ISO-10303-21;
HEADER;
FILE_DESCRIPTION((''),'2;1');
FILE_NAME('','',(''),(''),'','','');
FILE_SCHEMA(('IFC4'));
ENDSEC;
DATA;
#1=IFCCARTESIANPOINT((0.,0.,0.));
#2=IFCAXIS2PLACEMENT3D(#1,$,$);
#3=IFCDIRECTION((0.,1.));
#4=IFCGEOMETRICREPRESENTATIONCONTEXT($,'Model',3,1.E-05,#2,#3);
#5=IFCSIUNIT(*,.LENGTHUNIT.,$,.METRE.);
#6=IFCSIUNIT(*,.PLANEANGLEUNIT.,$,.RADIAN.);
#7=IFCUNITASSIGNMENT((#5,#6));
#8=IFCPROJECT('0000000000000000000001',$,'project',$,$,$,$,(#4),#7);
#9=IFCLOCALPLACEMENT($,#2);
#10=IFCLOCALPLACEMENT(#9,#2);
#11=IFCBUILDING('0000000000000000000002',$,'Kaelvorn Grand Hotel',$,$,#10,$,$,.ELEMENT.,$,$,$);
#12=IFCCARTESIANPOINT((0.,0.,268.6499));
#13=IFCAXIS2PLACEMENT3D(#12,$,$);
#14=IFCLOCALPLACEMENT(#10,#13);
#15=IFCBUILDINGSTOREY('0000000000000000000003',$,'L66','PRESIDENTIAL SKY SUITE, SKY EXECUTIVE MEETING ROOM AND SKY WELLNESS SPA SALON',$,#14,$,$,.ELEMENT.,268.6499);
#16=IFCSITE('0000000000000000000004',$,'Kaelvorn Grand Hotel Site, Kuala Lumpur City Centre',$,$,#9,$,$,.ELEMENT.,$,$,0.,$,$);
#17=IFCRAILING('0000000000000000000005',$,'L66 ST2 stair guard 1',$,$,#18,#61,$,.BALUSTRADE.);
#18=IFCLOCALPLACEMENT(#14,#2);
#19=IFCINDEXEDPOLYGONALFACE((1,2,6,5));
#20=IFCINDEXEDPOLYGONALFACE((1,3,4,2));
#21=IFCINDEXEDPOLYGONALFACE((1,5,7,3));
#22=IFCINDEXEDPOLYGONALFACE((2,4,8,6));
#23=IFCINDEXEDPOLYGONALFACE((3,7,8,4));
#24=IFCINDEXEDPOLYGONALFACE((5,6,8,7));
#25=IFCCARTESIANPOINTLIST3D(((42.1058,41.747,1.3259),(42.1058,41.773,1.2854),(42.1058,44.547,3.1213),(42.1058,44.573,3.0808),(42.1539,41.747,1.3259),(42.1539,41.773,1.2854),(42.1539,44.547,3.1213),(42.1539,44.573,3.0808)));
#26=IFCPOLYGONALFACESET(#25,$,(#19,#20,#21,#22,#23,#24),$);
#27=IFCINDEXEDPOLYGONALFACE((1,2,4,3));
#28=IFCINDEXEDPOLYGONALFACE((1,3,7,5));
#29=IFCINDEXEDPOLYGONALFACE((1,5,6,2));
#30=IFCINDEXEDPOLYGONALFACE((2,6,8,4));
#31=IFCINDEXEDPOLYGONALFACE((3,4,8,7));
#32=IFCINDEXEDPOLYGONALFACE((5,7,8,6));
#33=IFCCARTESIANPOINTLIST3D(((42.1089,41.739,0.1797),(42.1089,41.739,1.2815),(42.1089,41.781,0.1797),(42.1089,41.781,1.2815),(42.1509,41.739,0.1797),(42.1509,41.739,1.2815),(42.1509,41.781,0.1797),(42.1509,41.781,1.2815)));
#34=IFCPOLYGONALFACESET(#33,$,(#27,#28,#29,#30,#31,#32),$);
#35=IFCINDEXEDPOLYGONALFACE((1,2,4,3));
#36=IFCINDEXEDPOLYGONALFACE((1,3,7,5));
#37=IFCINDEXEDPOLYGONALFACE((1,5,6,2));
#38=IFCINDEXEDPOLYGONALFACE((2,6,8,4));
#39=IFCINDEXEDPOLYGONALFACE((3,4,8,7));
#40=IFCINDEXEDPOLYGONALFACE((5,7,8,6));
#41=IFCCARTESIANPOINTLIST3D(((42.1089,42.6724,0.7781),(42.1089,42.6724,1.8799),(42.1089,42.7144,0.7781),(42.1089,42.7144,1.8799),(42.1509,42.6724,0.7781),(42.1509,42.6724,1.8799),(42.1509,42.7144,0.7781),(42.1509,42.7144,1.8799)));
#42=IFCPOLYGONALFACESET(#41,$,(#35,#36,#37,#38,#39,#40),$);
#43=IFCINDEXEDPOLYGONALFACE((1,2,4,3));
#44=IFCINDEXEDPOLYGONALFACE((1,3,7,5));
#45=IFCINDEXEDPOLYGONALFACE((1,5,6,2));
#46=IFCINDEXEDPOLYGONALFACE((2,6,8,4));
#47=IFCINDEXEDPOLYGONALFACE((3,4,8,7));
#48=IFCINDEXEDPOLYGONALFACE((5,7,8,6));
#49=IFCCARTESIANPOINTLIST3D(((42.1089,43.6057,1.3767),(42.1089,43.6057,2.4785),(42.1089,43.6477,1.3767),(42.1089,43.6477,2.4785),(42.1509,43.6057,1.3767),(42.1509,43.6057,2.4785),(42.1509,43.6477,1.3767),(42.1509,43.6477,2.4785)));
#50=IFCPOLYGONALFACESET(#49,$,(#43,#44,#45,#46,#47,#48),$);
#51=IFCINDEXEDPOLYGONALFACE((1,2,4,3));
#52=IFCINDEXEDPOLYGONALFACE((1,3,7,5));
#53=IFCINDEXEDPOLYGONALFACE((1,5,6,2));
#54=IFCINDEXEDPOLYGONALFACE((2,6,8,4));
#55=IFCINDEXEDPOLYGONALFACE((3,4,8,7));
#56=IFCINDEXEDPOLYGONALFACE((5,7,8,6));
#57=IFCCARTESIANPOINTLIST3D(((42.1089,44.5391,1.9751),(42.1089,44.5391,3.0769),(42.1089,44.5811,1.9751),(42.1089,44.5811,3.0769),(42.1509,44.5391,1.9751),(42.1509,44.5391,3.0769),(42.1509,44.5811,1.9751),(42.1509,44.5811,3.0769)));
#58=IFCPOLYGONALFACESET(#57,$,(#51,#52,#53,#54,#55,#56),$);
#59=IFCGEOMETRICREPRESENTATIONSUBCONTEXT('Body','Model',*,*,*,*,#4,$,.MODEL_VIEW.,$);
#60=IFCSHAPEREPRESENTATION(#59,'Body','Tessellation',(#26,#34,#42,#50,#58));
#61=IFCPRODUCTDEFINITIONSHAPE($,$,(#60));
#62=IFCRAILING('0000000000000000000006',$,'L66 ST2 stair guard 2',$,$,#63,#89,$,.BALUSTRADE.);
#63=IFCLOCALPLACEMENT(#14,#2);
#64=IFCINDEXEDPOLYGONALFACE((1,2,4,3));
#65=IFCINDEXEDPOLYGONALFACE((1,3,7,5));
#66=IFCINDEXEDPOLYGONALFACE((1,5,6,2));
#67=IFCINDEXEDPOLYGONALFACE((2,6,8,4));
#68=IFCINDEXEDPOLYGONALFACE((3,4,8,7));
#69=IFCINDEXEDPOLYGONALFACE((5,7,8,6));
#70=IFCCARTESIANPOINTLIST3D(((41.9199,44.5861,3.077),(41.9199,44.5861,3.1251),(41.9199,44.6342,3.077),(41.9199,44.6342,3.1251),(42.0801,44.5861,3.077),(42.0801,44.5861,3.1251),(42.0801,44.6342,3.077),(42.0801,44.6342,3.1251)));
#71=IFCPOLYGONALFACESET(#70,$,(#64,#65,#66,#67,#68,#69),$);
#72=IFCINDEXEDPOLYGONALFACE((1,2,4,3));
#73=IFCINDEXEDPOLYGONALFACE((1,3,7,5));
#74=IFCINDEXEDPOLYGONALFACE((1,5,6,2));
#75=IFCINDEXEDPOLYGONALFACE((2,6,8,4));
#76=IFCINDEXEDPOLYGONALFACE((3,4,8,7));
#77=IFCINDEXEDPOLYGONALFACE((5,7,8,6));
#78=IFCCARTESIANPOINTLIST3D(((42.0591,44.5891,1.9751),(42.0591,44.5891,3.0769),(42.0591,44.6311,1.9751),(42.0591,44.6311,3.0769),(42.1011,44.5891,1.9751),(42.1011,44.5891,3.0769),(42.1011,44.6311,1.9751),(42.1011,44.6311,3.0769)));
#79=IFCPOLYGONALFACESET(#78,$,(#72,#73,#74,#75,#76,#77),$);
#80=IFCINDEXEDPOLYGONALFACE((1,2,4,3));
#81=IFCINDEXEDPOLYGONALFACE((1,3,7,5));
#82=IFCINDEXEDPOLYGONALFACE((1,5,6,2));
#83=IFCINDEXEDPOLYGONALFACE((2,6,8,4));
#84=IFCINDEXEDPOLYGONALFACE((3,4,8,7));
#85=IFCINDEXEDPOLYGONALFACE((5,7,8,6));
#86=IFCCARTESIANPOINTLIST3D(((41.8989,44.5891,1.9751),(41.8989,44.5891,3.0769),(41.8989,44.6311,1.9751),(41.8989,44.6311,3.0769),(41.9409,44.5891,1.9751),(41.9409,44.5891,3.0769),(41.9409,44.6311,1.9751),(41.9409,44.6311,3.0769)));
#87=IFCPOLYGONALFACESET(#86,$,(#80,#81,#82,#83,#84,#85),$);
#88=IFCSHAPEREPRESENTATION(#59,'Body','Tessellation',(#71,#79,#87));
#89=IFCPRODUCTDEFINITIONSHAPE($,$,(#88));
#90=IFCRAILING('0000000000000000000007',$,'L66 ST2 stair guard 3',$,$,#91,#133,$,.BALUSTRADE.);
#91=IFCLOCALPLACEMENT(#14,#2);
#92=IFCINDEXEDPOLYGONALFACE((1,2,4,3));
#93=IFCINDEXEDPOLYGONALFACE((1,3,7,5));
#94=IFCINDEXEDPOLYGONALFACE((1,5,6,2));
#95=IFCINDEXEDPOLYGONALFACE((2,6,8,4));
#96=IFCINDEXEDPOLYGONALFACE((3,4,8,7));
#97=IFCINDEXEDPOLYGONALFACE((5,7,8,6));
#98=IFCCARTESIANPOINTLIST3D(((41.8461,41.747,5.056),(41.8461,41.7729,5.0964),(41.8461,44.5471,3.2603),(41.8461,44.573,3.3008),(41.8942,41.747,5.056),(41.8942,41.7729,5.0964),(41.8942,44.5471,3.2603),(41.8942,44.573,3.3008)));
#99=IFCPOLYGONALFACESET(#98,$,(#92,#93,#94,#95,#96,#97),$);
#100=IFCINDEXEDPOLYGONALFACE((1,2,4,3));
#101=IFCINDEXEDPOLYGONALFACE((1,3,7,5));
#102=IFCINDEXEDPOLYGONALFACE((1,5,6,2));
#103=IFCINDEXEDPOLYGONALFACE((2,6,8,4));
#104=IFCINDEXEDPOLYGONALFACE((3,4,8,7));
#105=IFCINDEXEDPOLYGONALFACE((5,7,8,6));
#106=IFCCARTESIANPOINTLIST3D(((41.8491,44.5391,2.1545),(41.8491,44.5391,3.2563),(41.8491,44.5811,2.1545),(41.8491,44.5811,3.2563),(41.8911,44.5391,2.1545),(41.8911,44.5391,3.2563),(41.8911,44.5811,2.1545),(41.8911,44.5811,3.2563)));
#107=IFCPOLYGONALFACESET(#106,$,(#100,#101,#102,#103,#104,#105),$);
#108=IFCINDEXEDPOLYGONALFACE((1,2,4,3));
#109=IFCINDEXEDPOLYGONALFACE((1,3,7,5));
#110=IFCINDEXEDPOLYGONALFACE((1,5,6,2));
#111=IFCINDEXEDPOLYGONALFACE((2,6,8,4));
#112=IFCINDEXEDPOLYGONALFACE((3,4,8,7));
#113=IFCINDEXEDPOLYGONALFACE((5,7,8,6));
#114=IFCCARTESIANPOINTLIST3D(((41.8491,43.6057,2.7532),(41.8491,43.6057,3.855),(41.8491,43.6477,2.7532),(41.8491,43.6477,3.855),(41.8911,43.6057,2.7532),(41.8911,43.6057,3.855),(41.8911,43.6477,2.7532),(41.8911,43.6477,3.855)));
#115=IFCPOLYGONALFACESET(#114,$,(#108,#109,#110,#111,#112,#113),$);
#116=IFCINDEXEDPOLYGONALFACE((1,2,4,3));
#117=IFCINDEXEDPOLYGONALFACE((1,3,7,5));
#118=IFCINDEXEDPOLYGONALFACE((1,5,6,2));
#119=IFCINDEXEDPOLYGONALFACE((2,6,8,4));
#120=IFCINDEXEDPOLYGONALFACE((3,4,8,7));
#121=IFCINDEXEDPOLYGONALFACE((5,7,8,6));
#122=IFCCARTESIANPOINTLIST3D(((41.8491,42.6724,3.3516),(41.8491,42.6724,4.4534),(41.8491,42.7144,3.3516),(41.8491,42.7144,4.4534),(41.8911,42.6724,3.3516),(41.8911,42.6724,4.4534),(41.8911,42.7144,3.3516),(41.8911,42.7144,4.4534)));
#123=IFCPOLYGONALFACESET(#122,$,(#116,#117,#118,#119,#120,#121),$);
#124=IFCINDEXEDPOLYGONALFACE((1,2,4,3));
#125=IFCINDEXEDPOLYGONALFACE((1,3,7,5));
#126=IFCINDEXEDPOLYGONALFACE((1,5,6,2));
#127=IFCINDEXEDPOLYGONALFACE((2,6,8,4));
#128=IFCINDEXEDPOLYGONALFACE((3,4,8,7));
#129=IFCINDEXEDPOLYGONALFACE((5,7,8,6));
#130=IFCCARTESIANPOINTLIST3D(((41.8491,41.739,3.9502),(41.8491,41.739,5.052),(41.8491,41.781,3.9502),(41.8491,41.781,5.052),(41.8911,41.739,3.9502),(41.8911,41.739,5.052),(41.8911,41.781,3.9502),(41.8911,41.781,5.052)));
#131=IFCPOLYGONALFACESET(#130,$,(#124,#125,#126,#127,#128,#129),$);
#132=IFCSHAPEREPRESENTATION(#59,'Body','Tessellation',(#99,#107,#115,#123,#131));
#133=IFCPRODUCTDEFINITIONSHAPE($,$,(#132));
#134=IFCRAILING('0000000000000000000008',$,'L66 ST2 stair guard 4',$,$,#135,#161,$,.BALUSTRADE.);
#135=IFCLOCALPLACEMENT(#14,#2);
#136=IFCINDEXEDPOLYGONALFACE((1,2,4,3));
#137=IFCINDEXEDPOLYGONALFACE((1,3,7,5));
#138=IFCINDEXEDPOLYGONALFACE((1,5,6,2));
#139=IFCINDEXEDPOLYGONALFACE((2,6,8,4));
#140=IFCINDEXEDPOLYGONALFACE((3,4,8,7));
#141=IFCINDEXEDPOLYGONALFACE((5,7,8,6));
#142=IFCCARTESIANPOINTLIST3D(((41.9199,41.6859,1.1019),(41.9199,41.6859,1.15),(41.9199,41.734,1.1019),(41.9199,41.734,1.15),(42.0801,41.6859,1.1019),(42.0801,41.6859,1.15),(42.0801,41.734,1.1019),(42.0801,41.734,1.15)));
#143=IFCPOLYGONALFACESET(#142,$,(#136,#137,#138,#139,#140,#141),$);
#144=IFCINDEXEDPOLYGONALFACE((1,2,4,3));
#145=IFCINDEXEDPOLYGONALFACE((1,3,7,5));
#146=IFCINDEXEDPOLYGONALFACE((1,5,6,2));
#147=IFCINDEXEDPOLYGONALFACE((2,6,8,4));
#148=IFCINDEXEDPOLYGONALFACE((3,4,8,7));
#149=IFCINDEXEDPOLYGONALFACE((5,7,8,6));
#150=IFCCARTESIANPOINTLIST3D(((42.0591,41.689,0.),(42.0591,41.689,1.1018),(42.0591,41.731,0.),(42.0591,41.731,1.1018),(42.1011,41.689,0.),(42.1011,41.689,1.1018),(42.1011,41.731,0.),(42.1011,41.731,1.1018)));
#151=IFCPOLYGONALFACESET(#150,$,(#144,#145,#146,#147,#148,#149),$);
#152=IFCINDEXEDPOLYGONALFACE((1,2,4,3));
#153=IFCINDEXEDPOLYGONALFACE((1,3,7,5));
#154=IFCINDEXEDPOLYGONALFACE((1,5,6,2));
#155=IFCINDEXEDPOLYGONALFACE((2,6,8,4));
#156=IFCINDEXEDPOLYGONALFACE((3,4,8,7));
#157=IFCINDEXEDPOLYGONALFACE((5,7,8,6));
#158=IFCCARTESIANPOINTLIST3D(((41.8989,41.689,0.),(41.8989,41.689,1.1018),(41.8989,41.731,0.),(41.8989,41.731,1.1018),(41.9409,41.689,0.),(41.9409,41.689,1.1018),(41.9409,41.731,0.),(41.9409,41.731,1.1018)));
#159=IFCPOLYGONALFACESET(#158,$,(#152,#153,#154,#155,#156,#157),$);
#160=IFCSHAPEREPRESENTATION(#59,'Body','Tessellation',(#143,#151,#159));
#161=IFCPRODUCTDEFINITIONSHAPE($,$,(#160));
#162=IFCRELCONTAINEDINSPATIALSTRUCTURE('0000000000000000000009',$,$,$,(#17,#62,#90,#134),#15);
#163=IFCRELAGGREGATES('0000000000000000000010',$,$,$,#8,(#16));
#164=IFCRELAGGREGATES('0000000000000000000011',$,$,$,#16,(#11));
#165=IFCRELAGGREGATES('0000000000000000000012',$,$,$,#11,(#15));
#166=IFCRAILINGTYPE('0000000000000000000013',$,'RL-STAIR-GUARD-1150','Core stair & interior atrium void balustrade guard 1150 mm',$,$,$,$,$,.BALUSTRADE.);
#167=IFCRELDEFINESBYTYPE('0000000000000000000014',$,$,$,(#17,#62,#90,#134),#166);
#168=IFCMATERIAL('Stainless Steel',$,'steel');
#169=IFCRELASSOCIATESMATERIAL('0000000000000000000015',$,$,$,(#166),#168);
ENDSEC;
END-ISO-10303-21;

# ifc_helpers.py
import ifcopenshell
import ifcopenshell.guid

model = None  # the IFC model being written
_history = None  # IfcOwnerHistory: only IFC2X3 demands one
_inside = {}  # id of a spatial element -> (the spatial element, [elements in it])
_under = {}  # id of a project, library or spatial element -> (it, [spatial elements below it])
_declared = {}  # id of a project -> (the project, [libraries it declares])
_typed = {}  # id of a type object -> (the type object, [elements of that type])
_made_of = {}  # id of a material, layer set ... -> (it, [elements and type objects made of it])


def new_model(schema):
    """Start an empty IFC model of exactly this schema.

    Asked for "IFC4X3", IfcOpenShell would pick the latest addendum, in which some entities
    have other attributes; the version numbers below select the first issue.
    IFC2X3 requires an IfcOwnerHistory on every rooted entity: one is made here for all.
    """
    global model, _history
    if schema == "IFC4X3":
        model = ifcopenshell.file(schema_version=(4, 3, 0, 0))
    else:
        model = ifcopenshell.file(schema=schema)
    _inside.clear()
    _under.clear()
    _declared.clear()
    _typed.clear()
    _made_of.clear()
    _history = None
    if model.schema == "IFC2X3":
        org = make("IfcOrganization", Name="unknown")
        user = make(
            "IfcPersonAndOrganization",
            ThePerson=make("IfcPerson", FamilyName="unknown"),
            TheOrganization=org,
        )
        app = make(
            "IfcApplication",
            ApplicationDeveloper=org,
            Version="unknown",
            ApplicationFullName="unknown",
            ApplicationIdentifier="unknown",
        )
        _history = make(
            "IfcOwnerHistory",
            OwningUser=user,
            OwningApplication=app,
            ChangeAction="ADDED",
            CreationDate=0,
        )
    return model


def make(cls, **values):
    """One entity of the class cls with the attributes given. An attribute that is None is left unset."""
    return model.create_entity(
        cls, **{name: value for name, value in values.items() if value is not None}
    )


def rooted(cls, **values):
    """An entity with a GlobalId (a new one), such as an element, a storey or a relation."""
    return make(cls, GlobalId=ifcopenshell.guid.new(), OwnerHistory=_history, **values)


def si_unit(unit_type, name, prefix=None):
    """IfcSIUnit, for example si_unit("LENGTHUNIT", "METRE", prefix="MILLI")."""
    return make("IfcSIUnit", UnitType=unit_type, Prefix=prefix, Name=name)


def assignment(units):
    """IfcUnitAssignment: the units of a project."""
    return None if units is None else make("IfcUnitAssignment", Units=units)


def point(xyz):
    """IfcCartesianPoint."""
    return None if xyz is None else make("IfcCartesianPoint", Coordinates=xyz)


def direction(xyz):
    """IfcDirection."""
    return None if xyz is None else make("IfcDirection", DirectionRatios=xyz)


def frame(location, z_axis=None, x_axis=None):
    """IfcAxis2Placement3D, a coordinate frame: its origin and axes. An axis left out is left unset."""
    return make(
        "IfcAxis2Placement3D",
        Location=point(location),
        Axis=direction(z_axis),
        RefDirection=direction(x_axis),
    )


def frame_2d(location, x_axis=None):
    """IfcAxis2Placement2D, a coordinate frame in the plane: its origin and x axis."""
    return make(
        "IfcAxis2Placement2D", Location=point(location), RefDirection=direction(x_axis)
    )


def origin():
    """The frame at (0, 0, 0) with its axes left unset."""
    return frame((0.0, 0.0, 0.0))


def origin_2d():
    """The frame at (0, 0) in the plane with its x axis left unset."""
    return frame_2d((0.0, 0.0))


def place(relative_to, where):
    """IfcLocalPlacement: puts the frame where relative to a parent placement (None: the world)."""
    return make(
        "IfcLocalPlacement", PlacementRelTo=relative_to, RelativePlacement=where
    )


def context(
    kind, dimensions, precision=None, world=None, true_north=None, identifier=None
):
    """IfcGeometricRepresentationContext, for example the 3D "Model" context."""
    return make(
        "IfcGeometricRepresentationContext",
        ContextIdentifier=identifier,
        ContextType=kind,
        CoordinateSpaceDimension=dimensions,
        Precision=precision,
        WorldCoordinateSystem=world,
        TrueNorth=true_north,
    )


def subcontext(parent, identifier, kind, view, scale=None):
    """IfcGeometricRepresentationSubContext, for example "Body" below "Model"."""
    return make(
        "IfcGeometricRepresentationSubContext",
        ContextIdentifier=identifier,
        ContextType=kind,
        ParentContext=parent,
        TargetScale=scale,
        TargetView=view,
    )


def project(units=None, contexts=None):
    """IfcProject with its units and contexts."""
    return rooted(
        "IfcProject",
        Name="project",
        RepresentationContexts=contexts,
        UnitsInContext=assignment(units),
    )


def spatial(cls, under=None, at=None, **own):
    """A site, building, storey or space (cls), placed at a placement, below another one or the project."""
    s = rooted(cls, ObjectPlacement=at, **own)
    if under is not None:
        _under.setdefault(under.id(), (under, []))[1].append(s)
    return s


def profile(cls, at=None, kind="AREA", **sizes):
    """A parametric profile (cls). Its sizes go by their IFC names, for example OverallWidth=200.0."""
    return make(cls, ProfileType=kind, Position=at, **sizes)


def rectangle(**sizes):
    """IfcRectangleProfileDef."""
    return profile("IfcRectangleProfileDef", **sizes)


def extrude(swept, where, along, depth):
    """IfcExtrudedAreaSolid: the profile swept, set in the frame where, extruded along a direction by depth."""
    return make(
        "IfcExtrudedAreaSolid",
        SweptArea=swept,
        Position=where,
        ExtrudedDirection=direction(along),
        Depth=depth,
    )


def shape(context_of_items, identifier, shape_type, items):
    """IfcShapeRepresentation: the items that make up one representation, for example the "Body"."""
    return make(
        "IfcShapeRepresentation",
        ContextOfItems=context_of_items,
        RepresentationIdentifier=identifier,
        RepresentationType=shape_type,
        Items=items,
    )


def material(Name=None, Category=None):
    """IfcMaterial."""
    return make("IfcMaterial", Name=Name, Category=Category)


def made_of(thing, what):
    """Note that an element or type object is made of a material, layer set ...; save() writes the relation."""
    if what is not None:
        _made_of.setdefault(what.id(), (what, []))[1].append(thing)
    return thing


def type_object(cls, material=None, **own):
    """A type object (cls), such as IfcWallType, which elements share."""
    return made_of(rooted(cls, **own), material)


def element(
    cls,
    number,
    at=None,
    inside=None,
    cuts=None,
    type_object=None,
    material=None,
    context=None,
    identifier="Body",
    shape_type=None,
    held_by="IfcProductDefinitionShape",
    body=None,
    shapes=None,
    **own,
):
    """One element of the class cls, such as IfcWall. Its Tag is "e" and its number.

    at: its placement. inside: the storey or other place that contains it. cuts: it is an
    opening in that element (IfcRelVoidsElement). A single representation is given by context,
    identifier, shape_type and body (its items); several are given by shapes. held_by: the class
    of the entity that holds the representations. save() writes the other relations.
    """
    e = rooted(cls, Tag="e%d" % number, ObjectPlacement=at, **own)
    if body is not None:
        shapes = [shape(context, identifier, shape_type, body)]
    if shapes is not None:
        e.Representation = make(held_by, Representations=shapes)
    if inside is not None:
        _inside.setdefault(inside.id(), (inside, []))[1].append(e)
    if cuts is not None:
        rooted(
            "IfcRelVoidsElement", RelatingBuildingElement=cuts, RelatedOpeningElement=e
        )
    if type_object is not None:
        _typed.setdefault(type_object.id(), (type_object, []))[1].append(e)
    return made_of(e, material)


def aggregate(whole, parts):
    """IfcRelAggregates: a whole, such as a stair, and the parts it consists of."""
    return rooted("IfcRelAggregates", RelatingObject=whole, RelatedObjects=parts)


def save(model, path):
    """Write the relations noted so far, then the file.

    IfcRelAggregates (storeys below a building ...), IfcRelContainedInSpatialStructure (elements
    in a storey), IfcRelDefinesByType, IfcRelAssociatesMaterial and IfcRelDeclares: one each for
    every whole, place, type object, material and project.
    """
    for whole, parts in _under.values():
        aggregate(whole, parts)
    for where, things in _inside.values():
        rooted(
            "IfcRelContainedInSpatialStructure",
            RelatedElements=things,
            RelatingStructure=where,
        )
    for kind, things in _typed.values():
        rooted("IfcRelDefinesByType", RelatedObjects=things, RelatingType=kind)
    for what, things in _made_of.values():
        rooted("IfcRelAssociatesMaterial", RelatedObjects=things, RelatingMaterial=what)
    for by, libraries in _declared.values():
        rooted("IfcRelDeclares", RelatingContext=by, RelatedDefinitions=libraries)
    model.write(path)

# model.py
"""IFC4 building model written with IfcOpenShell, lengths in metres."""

from ifc_helpers import new_model, si_unit, direction, frame, origin, origin_2d, place, context, subcontext, project, spatial, rectangle, extrude, material, type_object, element, save


model = new_model("IFC4")

# Units and contexts
model_context = context("Model", 3, precision=1e-05, world=origin(), true_north=direction((0.0, 1.0)))
body_context = subcontext(model_context, "Body", "Model", "MODEL_VIEW")
ifc_project = project(units=[si_unit("LENGTHUNIT", "METRE"), si_unit("PLANEANGLEUNIT", "RADIAN")], contexts=[model_context])

# Site, building, storey
site_placement = place(None, origin())
site = spatial("IfcSite", under=ifc_project, at=site_placement, Name="Kaelvorn Grand Hotel Site, Kuala Lumpur City Centre", CompositionType="ELEMENT", RefElevation=0.0)
building_placement = place(site_placement, origin())
building = spatial("IfcBuilding", under=site, at=building_placement, Name="Kaelvorn Grand Hotel", CompositionType="ELEMENT")
storey_placement = place(building_placement, frame((0.0, 0.0, 268.6499)))
storey = spatial("IfcBuildingStorey", under=building, at=storey_placement, Name="L66", Description="PRESIDENTIAL SKY SUITE, SKY EXECUTIVE MEETING ROOM AND SKY WELLNESS SPA SALON", CompositionType="ELEMENT", Elevation=268.6499)

# Railings
ifc_material_1 = material(Name="Stainless Steel", Category="steel")
railing_type_1 = type_object("IfcRailingType", Name="RL-STAIR-GUARD-1150", Description="Core stair & interior atrium void balustrade guard 1150 mm", PredefinedType="BALUSTRADE", material=ifc_material_1)
railing_1_placement = place(storey_placement, frame((42.1299, 41.76, 0.1797)))
element("IfcRailing", 1, at=railing_1_placement, inside=storey, type_object=railing_type_1, Name="L66 ST2 stair guard 1", PredefinedType="BALUSTRADE", context=body_context, shape_type="SweptSolid", body=[
    extrude(rectangle(XDim=0.0481, YDim=0.0481, at=origin_2d()), frame((0.0, 0.0, 1.126), z_axis=(0.0, 0.84181, 0.539774), x_axis=(-1.0, 0.0, 0.0)), (0.0, 0.0, 1.0), 3.3262),
    extrude(rectangle(XDim=0.042, YDim=0.042, at=origin_2d()), origin(), (0.0, 0.0, 1.0), 1.1018),
    extrude(rectangle(XDim=0.042, YDim=0.042, at=origin_2d()), frame((0.0, 0.9333, 0.5984)), (0.0, 0.0, 1.0), 1.1018),
    extrude(rectangle(XDim=0.042, YDim=0.042, at=origin_2d()), frame((0.0, 1.8667, 1.197)), (0.0, 0.0, 1.0), 1.1018),
    extrude(rectangle(XDim=0.042, YDim=0.042, at=origin_2d()), frame((0.0, 2.8, 1.7954)), (0.0, 0.0, 1.0), 1.1018),
])
railing_2_placement = place(storey_placement, frame((42.0801, 44.6101, 1.9751)))
element("IfcRailing", 2, at=railing_2_placement, inside=storey, type_object=railing_type_1, Name="L66 ST2 stair guard 2", PredefinedType="BALUSTRADE", context=body_context, shape_type="SweptSolid", body=[
    extrude(rectangle(XDim=0.0481, YDim=0.0481, at=origin_2d()), frame((0.0, 0.0, 1.126), z_axis=(-1.0, 0.0, 0.0), x_axis=(0.0, -1.0, 0.0)), (0.0, 0.0, 1.0), 0.1602),
    extrude(rectangle(XDim=0.042, YDim=0.042, at=origin_2d()), origin(), (0.0, 0.0, 1.0), 1.1018),
    extrude(rectangle(XDim=0.042, YDim=0.042, at=origin_2d()), frame((-0.1602, 0.0, 0.0)), (0.0, 0.0, 1.0), 1.1018),
])
railing_3_placement = place(storey_placement, frame((41.8701, 44.5601, 2.1545)))
element("IfcRailing", 3, at=railing_3_placement, inside=storey, type_object=railing_type_1, Name="L66 ST2 stair guard 3", PredefinedType="BALUSTRADE", context=body_context, shape_type="SweptSolid", body=[
    extrude(rectangle(XDim=0.0481, YDim=0.0481, at=origin_2d()), frame((0.0, 0.0, 1.126), z_axis=(0.0, -0.841777, 0.539826), x_axis=(1.0, 0.0, 0.0)), (0.0, 0.0, 1.0), 3.3264),
    extrude(rectangle(XDim=0.042, YDim=0.042, at=origin_2d()), origin(), (0.0, 0.0, 1.0), 1.1018),
    extrude(rectangle(XDim=0.042, YDim=0.042, at=origin_2d()), frame((0.0, -0.9333, 0.5986)), (0.0, 0.0, 1.0), 1.1018),
    extrude(rectangle(XDim=0.042, YDim=0.042, at=origin_2d()), frame((0.0, -1.8667, 1.197)), (0.0, 0.0, 1.0), 1.1018),
    extrude(rectangle(XDim=0.042, YDim=0.042, at=origin_2d()), frame((0.0, -2.8, 1.7957)), (0.0, 0.0, 1.0), 1.1018),
])
railing_4_placement = place(storey_placement, frame((42.0801, 41.71, 0.0)))
element("IfcRailing", 4, at=railing_4_placement, inside=storey, type_object=railing_type_1, Name="L66 ST2 stair guard 4", PredefinedType="BALUSTRADE", context=body_context, shape_type="SweptSolid", body=[
    extrude(rectangle(XDim=0.0481, YDim=0.0481, at=origin_2d()), frame((0.0, 0.0, 1.126), z_axis=(-1.0, 0.0, 0.0), x_axis=(0.0, -1.0, 0.0)), (0.0, 0.0, 1.0), 0.1602),
    extrude(rectangle(XDim=0.042, YDim=0.042, at=origin_2d()), origin(), (0.0, 0.0, 1.0), 1.1018),
    extrude(rectangle(XDim=0.042, YDim=0.042, at=origin_2d()), frame((-0.1602, 0.0, 0.0)), (0.0, 0.0, 1.0), 1.1018),
])

save(model, "model.ifc")
